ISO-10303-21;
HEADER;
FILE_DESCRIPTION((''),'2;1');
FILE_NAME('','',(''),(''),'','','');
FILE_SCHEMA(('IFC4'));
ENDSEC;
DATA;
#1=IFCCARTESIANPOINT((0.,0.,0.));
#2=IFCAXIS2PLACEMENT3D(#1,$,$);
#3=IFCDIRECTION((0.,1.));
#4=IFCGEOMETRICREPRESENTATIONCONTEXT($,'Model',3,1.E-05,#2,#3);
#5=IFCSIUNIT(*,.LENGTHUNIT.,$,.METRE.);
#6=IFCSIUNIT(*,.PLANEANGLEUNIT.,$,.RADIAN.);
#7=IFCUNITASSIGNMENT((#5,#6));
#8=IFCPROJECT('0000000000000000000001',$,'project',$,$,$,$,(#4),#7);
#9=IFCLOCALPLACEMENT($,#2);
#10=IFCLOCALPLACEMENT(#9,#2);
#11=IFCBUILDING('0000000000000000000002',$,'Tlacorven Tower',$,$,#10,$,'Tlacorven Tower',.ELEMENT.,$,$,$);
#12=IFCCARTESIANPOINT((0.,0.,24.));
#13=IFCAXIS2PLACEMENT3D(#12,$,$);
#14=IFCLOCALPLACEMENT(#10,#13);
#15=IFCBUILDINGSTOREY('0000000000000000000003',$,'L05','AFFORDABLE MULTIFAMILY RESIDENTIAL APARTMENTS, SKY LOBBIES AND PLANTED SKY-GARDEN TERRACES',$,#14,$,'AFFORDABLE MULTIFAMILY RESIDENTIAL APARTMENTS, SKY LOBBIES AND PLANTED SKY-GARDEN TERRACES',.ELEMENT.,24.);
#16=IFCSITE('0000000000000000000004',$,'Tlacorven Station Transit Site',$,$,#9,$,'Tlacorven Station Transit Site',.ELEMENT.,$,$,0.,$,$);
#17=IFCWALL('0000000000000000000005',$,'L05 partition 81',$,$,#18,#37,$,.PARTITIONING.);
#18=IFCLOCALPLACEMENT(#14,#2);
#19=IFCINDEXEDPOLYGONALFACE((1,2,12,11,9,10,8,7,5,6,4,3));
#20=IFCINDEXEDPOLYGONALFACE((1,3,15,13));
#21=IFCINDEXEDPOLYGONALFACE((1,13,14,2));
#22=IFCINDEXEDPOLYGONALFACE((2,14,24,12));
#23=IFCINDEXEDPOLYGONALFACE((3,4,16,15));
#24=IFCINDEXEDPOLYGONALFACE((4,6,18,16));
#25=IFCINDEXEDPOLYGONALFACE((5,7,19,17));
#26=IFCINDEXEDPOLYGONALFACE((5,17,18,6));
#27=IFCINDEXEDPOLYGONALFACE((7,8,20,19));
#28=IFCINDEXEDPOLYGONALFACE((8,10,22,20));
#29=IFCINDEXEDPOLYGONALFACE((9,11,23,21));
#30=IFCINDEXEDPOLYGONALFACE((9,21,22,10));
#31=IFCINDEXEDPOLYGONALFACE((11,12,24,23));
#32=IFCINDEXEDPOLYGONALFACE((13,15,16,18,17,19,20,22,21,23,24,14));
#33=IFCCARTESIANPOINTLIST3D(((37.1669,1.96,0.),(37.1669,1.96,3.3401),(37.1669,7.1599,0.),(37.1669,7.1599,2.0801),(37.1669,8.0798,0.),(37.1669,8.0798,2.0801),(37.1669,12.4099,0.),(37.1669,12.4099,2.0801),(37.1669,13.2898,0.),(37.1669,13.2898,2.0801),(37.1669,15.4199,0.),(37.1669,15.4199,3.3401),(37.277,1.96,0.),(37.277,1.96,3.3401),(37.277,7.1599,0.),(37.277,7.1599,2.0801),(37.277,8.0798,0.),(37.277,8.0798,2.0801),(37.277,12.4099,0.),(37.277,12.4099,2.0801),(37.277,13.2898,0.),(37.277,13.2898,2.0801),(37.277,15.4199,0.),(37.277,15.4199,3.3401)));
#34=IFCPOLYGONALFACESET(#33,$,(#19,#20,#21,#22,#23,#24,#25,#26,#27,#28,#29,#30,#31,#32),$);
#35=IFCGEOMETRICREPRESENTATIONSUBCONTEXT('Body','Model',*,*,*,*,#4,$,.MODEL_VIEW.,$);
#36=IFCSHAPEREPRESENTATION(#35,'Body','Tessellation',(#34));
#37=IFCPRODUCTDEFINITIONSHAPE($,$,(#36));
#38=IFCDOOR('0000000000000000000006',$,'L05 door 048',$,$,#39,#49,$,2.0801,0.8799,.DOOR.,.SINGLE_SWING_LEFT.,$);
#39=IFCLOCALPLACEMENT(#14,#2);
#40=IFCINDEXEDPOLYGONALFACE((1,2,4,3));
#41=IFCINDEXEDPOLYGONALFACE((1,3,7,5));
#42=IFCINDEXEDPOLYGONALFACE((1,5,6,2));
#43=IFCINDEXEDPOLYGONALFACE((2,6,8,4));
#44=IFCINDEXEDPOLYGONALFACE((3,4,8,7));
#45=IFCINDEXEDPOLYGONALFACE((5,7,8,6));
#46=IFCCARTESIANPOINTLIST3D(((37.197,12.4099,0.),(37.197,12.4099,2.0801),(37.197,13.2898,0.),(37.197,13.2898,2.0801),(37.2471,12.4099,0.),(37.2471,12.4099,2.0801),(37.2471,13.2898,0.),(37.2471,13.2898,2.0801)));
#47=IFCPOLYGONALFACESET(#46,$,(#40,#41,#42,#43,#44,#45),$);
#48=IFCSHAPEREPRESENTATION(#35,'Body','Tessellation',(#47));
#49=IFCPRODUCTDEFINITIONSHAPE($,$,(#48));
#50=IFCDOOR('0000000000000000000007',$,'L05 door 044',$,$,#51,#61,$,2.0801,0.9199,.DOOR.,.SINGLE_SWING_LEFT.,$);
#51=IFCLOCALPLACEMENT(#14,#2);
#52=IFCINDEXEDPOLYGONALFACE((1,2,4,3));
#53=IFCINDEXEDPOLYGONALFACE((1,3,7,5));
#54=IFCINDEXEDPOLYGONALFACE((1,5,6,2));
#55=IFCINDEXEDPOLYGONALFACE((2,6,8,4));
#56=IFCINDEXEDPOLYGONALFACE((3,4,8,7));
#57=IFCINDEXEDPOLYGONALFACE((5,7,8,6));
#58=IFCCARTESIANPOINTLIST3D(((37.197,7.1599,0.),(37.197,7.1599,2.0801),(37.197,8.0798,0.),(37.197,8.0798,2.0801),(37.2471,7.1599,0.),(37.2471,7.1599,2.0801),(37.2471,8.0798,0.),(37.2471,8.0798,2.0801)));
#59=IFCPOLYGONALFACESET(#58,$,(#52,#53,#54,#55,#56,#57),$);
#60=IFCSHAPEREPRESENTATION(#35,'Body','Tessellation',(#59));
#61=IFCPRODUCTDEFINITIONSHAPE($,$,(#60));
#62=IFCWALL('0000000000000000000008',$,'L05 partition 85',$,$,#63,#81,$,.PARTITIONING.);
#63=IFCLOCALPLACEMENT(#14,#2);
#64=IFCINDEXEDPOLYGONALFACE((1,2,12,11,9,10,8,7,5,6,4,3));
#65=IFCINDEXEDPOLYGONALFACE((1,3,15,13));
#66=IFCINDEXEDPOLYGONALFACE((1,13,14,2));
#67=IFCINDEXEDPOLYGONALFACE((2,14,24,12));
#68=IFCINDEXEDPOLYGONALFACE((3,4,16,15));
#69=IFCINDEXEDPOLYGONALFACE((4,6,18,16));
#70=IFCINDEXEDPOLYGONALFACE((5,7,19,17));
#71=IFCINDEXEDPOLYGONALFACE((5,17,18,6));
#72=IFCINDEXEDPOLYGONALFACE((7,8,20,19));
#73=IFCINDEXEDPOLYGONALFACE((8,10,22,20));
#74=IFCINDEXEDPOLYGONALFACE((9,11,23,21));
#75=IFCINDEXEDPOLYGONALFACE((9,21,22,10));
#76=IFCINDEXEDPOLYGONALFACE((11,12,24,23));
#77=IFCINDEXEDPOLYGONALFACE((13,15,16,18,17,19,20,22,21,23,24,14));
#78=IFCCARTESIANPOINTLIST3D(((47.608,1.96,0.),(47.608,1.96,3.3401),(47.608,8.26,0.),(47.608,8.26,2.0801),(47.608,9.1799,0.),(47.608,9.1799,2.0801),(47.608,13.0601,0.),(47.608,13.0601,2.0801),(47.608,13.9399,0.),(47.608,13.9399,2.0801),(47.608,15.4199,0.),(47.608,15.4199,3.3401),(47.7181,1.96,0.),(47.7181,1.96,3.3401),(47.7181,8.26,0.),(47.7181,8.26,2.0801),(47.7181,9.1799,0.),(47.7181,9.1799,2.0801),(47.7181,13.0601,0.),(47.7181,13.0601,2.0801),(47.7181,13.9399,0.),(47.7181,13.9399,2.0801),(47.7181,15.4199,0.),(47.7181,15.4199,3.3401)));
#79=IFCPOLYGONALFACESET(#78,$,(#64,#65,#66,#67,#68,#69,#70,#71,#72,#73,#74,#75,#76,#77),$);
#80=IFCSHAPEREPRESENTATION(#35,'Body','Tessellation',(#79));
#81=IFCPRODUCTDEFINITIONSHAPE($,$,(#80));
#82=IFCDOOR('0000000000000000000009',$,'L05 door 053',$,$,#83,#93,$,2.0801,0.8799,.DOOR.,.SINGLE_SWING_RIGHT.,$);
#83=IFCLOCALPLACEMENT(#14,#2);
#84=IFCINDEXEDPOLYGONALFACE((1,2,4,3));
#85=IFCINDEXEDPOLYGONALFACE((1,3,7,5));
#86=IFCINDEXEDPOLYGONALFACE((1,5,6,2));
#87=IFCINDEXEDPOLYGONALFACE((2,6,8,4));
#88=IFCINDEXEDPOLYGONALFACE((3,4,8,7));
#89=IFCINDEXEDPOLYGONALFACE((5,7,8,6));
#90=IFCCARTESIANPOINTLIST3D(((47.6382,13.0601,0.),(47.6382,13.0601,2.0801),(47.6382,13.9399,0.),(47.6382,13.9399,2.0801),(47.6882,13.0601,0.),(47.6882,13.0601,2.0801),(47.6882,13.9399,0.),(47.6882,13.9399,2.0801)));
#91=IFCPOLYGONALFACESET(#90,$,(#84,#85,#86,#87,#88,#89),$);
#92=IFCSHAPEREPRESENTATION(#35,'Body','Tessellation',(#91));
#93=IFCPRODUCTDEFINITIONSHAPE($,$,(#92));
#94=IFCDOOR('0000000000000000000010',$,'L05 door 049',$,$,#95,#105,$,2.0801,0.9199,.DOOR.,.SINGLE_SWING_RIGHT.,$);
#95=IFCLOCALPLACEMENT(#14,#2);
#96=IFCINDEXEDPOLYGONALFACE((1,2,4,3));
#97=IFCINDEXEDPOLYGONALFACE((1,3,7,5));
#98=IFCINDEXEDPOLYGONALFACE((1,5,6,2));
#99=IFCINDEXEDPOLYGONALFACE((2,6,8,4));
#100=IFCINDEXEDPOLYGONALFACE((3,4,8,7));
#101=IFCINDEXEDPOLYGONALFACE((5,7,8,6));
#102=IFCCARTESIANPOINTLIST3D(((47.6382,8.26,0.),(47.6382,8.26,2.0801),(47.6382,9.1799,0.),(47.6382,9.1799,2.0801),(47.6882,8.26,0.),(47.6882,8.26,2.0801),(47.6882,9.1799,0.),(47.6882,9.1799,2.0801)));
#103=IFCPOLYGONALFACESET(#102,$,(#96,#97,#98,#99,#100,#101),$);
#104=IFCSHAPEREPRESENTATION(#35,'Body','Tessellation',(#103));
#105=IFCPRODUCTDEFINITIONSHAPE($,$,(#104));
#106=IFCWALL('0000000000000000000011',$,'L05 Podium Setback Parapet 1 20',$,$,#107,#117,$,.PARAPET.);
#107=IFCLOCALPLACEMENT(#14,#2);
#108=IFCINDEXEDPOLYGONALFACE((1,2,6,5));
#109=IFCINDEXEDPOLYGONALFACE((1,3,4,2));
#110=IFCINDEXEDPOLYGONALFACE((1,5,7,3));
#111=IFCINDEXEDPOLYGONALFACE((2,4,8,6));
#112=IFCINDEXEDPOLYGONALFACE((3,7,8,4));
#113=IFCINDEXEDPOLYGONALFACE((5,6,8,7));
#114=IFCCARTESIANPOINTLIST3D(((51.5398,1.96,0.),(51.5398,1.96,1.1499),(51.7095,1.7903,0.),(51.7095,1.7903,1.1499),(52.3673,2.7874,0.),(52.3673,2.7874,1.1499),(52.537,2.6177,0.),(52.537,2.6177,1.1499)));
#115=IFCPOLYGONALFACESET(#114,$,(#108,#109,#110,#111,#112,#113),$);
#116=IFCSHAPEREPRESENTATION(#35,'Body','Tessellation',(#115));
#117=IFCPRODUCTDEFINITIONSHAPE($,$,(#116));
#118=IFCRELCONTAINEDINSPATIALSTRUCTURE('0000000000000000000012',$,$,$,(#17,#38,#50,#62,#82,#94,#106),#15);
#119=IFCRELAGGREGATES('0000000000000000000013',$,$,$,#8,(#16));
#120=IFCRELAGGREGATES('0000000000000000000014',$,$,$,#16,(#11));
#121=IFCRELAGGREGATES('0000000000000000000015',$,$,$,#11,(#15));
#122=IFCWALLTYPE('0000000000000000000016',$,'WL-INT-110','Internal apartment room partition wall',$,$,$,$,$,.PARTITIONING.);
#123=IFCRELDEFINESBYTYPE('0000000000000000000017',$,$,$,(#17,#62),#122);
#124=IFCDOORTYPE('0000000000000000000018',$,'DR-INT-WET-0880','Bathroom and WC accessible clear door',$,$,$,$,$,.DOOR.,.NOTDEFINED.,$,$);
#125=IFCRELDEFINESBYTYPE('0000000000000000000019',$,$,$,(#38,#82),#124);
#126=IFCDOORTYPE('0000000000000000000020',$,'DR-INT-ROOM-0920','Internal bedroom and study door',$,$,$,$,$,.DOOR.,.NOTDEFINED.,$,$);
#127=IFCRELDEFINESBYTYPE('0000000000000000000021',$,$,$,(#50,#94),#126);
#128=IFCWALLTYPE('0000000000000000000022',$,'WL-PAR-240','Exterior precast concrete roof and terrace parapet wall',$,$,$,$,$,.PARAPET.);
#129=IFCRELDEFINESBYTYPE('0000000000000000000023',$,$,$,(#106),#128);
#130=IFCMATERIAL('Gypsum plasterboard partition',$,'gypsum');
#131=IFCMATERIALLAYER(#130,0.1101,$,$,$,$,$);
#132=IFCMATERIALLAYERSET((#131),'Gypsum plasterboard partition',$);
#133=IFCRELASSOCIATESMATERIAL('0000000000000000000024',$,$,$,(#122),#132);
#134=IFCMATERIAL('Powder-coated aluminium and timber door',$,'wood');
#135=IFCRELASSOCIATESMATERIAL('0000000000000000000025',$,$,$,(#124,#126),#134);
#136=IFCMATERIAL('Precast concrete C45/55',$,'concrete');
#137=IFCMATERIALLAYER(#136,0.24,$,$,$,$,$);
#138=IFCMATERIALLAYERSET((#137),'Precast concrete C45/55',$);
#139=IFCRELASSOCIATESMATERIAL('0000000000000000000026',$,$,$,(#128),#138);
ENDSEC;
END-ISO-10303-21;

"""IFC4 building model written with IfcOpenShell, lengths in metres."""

from ifc_helpers import new_model, si_unit, direction, frame, frame_2d, origin, place, context, subcontext, project, spatial, rectangle, extrude, source, transform, mapped, material, layer, layer_set, type_object, element, fill, save


model = new_model("IFC4")

# Units and contexts
model_context = context("Model", 3, precision=1e-05, world=origin(), true_north=direction((0.0, 1.0)))
body_context = subcontext(model_context, "Body", "Model", "MODEL_VIEW")
ifc_project = project(units=[si_unit("LENGTHUNIT", "METRE"), si_unit("PLANEANGLEUNIT", "RADIAN")], contexts=[model_context])

# Site, building, storey
site_placement = place(None, origin())
site = spatial("IfcSite", under=ifc_project, at=site_placement, Name="Tlacorven Station Transit Site", LongName="Tlacorven Station Transit Site", CompositionType="ELEMENT", RefElevation=0.0)
building_placement = place(site_placement, origin())
building = spatial("IfcBuilding", under=site, at=building_placement, Name="Tlacorven Tower", LongName="Tlacorven Tower", CompositionType="ELEMENT")
storey_placement = place(building_placement, frame((0.0, 0.0, 24.0)))
storey = spatial("IfcBuildingStorey", under=building, at=storey_placement, Name="L05", Description="AFFORDABLE MULTIFAMILY RESIDENTIAL APARTMENTS, SKY LOBBIES AND PLANTED SKY-GARDEN TERRACES", LongName="AFFORDABLE MULTIFAMILY RESIDENTIAL APARTMENTS, SKY LOBBIES AND PLANTED SKY-GARDEN TERRACES", CompositionType="ELEMENT", Elevation=24.0)

# Walls, openings, doors
ifc_material_1 = material(Name="Gypsum plasterboard partition", Category="gypsum")
ifc_layer_1 = layer(ifc_material_1, 0.1101)
ifc_layer_set_1 = layer_set([ifc_layer_1], Name="Gypsum plasterboard partition")
wall_type_1 = type_object("IfcWallType", Name="WL-INT-110", Description="Internal apartment room partition wall", PredefinedType="PARTITIONING", material=ifc_layer_set_1)
wall_1_placement = place(storey_placement, frame((37.2219, 1.96, 0.0), z_axis=(0.0, 0.0, 1.0), x_axis=(0.0, 1.0, 0.0)))
wall_1 = element("IfcWall", 1, at=wall_1_placement, inside=storey, type_object=wall_type_1, Name="L05 partition 81", PredefinedType="PARTITIONING", context=body_context, shape_type="SweptSolid", body=[
    extrude(rectangle(XDim=13.46, YDim=0.1101, at=frame_2d((6.73, 0.0))), origin(), (0.0, 0.0, 1.0), 3.3401),
])
opening_1_placement = place(wall_1_placement, frame((5.2, 0.0, 0.0)))
opening_1 = element("IfcOpeningElement", 2, at=opening_1_placement, cuts=wall_1, PredefinedType="OPENING", context=body_context, shape_type="SweptSolid", body=[
    extrude(rectangle(XDim=0.9199, YDim=2.0801, at=frame_2d((0.46, 1.04))), frame((0.0, 0.0649, 0.0), z_axis=(0.0, -1.0, 0.0), x_axis=(1.0, 0.0, 0.0)), (0.0, 0.0, 1.0), 0.1301),
])
opening_2_placement = place(wall_1_placement, frame((10.45, 0.0, 0.0)))
opening_2 = element("IfcOpeningElement", 3, at=opening_2_placement, cuts=wall_1, PredefinedType="OPENING", context=body_context, shape_type="SweptSolid", body=[
    extrude(rectangle(XDim=0.8799, YDim=2.0801, at=frame_2d((0.4399, 1.04))), frame((0.0, 0.0649, 0.0), z_axis=(0.0, -1.0, 0.0), x_axis=(1.0, 0.0, 0.0)), (0.0, 0.0, 1.0), 0.1301),
])
ifc_material_2 = material(Name="Powder-coated aluminium and timber door", Category="wood")
door_type_1 = type_object("IfcDoorType", Name="DR-INT-WET-0880", Description="Bathroom and WC accessible clear door", OperationType="NOTDEFINED", PredefinedType="DOOR", material=ifc_material_2)
shared_shape_1 = source(origin(), body_context, "Body", "SweptSolid", [
    extrude(rectangle(XDim=0.8799, YDim=2.0801, at=frame_2d((0.4399, 1.04))), frame((0.0, 0.0249, 0.0), z_axis=(0.0, -1.0, 0.0), x_axis=(1.0, 0.0, 0.0)), (0.0, 0.0, 1.0), 0.05),
])
door_1_placement = place(opening_2_placement, origin())
door_1 = element("IfcDoor", 4, at=door_1_placement, inside=storey, type_object=door_type_1, Name="L05 door 048", OperationType="SINGLE_SWING_LEFT", OverallHeight=2.0801, OverallWidth=0.8799, PredefinedType="DOOR", context=body_context, shape_type="MappedRepresentation", body=[
    mapped(shared_shape_1, transform((0.0, 0.0, 0.0), scale=1.0)),
])
fill(opening_2, door_1)
door_type_2 = type_object("IfcDoorType", Name="DR-INT-ROOM-0920", Description="Internal bedroom and study door", OperationType="NOTDEFINED", PredefinedType="DOOR", material=ifc_material_2)
shared_shape_2 = source(origin(), body_context, "Body", "SweptSolid", [
    extrude(rectangle(XDim=0.9199, YDim=2.0801, at=frame_2d((0.46, 1.04))), frame((0.0, 0.0249, 0.0), z_axis=(0.0, -1.0, 0.0), x_axis=(1.0, 0.0, 0.0)), (0.0, 0.0, 1.0), 0.05),
])
door_2_placement = place(opening_1_placement, origin())
door_2 = element("IfcDoor", 5, at=door_2_placement, inside=storey, type_object=door_type_2, Name="L05 door 044", OperationType="SINGLE_SWING_LEFT", OverallHeight=2.0801, OverallWidth=0.9199, PredefinedType="DOOR", context=body_context, shape_type="MappedRepresentation", body=[
    mapped(shared_shape_2, transform((0.0, 0.0, 0.0), scale=1.0)),
])
fill(opening_1, door_2)
wall_2_placement = place(storey_placement, frame((47.6631, 1.96, 0.0), z_axis=(0.0, 0.0, 1.0), x_axis=(0.0, 1.0, 0.0)))
wall_2 = element("IfcWall", 6, at=wall_2_placement, inside=storey, type_object=wall_type_1, Name="L05 partition 85", PredefinedType="PARTITIONING", context=body_context, shape_type="SweptSolid", body=[
    extrude(rectangle(XDim=13.46, YDim=0.1101, at=frame_2d((6.73, 0.0))), origin(), (0.0, 0.0, 1.0), 3.3401),
])
opening_3_placement = place(wall_2_placement, frame((6.3, 0.0, 0.0)))
opening_3 = element("IfcOpeningElement", 7, at=opening_3_placement, cuts=wall_2, PredefinedType="OPENING", context=body_context, shape_type="SweptSolid", body=[
    extrude(rectangle(XDim=0.9199, YDim=2.0801, at=frame_2d((0.46, 1.04))), frame((0.0, 0.0649, 0.0), z_axis=(0.0, -1.0, 0.0), x_axis=(1.0, 0.0, 0.0)), (0.0, 0.0, 1.0), 0.1301),
])
opening_4_placement = place(wall_2_placement, frame((11.1001, 0.0, 0.0)))
opening_4 = element("IfcOpeningElement", 8, at=opening_4_placement, cuts=wall_2, PredefinedType="OPENING", context=body_context, shape_type="SweptSolid", body=[
    extrude(rectangle(XDim=0.8799, YDim=2.0801, at=frame_2d((0.4399, 1.04))), frame((0.0, 0.0649, 0.0), z_axis=(0.0, -1.0, 0.0), x_axis=(1.0, 0.0, 0.0)), (0.0, 0.0, 1.0), 0.1301),
])
door_3_placement = place(opening_4_placement, origin())
door_3 = element("IfcDoor", 9, at=door_3_placement, inside=storey, type_object=door_type_1, Name="L05 door 053", OperationType="SINGLE_SWING_RIGHT", OverallHeight=2.0801, OverallWidth=0.8799, PredefinedType="DOOR", context=body_context, shape_type="MappedRepresentation", body=[
    mapped(shared_shape_1, transform((0.0, 0.0, 0.0), scale=1.0)),
])
fill(opening_4, door_3)
door_4_placement = place(opening_3_placement, origin())
door_4 = element("IfcDoor", 10, at=door_4_placement, inside=storey, type_object=door_type_2, Name="L05 door 049", OperationType="SINGLE_SWING_RIGHT", OverallHeight=2.0801, OverallWidth=0.9199, PredefinedType="DOOR", context=body_context, shape_type="MappedRepresentation", body=[
    mapped(shared_shape_2, transform((0.0, 0.0, 0.0), scale=1.0)),
])
fill(opening_3, door_4)

# Wall
ifc_material_3 = material(Name="Precast concrete C45/55", Category="concrete")
ifc_layer_2 = layer(ifc_material_3, 0.24)
ifc_layer_set_2 = layer_set([ifc_layer_2], Name="Precast concrete C45/55")
wall_type_2 = type_object("IfcWallType", Name="WL-PAR-240", Description="Exterior precast concrete roof and terrace parapet wall", PredefinedType="PARAPET", material=ifc_layer_set_2)
wall_3_placement = place(storey_placement, frame((51.6248, 1.8752, 0.0), z_axis=(0.0, 0.0, 1.0), x_axis=(0.707107, 0.707107, 0.0)))
element("IfcWall", 11, at=wall_3_placement, inside=storey, type_object=wall_type_2, Name="L05 Podium Setback Parapet 1 20", PredefinedType="PARAPET", context=body_context, shape_type="SweptSolid", body=[
    extrude(rectangle(XDim=1.1702, YDim=0.24, at=frame_2d((0.585, 0.0))), origin(), (0.0, 0.0, 1.0), 1.1499),
])

save(model, "model.ifc")
